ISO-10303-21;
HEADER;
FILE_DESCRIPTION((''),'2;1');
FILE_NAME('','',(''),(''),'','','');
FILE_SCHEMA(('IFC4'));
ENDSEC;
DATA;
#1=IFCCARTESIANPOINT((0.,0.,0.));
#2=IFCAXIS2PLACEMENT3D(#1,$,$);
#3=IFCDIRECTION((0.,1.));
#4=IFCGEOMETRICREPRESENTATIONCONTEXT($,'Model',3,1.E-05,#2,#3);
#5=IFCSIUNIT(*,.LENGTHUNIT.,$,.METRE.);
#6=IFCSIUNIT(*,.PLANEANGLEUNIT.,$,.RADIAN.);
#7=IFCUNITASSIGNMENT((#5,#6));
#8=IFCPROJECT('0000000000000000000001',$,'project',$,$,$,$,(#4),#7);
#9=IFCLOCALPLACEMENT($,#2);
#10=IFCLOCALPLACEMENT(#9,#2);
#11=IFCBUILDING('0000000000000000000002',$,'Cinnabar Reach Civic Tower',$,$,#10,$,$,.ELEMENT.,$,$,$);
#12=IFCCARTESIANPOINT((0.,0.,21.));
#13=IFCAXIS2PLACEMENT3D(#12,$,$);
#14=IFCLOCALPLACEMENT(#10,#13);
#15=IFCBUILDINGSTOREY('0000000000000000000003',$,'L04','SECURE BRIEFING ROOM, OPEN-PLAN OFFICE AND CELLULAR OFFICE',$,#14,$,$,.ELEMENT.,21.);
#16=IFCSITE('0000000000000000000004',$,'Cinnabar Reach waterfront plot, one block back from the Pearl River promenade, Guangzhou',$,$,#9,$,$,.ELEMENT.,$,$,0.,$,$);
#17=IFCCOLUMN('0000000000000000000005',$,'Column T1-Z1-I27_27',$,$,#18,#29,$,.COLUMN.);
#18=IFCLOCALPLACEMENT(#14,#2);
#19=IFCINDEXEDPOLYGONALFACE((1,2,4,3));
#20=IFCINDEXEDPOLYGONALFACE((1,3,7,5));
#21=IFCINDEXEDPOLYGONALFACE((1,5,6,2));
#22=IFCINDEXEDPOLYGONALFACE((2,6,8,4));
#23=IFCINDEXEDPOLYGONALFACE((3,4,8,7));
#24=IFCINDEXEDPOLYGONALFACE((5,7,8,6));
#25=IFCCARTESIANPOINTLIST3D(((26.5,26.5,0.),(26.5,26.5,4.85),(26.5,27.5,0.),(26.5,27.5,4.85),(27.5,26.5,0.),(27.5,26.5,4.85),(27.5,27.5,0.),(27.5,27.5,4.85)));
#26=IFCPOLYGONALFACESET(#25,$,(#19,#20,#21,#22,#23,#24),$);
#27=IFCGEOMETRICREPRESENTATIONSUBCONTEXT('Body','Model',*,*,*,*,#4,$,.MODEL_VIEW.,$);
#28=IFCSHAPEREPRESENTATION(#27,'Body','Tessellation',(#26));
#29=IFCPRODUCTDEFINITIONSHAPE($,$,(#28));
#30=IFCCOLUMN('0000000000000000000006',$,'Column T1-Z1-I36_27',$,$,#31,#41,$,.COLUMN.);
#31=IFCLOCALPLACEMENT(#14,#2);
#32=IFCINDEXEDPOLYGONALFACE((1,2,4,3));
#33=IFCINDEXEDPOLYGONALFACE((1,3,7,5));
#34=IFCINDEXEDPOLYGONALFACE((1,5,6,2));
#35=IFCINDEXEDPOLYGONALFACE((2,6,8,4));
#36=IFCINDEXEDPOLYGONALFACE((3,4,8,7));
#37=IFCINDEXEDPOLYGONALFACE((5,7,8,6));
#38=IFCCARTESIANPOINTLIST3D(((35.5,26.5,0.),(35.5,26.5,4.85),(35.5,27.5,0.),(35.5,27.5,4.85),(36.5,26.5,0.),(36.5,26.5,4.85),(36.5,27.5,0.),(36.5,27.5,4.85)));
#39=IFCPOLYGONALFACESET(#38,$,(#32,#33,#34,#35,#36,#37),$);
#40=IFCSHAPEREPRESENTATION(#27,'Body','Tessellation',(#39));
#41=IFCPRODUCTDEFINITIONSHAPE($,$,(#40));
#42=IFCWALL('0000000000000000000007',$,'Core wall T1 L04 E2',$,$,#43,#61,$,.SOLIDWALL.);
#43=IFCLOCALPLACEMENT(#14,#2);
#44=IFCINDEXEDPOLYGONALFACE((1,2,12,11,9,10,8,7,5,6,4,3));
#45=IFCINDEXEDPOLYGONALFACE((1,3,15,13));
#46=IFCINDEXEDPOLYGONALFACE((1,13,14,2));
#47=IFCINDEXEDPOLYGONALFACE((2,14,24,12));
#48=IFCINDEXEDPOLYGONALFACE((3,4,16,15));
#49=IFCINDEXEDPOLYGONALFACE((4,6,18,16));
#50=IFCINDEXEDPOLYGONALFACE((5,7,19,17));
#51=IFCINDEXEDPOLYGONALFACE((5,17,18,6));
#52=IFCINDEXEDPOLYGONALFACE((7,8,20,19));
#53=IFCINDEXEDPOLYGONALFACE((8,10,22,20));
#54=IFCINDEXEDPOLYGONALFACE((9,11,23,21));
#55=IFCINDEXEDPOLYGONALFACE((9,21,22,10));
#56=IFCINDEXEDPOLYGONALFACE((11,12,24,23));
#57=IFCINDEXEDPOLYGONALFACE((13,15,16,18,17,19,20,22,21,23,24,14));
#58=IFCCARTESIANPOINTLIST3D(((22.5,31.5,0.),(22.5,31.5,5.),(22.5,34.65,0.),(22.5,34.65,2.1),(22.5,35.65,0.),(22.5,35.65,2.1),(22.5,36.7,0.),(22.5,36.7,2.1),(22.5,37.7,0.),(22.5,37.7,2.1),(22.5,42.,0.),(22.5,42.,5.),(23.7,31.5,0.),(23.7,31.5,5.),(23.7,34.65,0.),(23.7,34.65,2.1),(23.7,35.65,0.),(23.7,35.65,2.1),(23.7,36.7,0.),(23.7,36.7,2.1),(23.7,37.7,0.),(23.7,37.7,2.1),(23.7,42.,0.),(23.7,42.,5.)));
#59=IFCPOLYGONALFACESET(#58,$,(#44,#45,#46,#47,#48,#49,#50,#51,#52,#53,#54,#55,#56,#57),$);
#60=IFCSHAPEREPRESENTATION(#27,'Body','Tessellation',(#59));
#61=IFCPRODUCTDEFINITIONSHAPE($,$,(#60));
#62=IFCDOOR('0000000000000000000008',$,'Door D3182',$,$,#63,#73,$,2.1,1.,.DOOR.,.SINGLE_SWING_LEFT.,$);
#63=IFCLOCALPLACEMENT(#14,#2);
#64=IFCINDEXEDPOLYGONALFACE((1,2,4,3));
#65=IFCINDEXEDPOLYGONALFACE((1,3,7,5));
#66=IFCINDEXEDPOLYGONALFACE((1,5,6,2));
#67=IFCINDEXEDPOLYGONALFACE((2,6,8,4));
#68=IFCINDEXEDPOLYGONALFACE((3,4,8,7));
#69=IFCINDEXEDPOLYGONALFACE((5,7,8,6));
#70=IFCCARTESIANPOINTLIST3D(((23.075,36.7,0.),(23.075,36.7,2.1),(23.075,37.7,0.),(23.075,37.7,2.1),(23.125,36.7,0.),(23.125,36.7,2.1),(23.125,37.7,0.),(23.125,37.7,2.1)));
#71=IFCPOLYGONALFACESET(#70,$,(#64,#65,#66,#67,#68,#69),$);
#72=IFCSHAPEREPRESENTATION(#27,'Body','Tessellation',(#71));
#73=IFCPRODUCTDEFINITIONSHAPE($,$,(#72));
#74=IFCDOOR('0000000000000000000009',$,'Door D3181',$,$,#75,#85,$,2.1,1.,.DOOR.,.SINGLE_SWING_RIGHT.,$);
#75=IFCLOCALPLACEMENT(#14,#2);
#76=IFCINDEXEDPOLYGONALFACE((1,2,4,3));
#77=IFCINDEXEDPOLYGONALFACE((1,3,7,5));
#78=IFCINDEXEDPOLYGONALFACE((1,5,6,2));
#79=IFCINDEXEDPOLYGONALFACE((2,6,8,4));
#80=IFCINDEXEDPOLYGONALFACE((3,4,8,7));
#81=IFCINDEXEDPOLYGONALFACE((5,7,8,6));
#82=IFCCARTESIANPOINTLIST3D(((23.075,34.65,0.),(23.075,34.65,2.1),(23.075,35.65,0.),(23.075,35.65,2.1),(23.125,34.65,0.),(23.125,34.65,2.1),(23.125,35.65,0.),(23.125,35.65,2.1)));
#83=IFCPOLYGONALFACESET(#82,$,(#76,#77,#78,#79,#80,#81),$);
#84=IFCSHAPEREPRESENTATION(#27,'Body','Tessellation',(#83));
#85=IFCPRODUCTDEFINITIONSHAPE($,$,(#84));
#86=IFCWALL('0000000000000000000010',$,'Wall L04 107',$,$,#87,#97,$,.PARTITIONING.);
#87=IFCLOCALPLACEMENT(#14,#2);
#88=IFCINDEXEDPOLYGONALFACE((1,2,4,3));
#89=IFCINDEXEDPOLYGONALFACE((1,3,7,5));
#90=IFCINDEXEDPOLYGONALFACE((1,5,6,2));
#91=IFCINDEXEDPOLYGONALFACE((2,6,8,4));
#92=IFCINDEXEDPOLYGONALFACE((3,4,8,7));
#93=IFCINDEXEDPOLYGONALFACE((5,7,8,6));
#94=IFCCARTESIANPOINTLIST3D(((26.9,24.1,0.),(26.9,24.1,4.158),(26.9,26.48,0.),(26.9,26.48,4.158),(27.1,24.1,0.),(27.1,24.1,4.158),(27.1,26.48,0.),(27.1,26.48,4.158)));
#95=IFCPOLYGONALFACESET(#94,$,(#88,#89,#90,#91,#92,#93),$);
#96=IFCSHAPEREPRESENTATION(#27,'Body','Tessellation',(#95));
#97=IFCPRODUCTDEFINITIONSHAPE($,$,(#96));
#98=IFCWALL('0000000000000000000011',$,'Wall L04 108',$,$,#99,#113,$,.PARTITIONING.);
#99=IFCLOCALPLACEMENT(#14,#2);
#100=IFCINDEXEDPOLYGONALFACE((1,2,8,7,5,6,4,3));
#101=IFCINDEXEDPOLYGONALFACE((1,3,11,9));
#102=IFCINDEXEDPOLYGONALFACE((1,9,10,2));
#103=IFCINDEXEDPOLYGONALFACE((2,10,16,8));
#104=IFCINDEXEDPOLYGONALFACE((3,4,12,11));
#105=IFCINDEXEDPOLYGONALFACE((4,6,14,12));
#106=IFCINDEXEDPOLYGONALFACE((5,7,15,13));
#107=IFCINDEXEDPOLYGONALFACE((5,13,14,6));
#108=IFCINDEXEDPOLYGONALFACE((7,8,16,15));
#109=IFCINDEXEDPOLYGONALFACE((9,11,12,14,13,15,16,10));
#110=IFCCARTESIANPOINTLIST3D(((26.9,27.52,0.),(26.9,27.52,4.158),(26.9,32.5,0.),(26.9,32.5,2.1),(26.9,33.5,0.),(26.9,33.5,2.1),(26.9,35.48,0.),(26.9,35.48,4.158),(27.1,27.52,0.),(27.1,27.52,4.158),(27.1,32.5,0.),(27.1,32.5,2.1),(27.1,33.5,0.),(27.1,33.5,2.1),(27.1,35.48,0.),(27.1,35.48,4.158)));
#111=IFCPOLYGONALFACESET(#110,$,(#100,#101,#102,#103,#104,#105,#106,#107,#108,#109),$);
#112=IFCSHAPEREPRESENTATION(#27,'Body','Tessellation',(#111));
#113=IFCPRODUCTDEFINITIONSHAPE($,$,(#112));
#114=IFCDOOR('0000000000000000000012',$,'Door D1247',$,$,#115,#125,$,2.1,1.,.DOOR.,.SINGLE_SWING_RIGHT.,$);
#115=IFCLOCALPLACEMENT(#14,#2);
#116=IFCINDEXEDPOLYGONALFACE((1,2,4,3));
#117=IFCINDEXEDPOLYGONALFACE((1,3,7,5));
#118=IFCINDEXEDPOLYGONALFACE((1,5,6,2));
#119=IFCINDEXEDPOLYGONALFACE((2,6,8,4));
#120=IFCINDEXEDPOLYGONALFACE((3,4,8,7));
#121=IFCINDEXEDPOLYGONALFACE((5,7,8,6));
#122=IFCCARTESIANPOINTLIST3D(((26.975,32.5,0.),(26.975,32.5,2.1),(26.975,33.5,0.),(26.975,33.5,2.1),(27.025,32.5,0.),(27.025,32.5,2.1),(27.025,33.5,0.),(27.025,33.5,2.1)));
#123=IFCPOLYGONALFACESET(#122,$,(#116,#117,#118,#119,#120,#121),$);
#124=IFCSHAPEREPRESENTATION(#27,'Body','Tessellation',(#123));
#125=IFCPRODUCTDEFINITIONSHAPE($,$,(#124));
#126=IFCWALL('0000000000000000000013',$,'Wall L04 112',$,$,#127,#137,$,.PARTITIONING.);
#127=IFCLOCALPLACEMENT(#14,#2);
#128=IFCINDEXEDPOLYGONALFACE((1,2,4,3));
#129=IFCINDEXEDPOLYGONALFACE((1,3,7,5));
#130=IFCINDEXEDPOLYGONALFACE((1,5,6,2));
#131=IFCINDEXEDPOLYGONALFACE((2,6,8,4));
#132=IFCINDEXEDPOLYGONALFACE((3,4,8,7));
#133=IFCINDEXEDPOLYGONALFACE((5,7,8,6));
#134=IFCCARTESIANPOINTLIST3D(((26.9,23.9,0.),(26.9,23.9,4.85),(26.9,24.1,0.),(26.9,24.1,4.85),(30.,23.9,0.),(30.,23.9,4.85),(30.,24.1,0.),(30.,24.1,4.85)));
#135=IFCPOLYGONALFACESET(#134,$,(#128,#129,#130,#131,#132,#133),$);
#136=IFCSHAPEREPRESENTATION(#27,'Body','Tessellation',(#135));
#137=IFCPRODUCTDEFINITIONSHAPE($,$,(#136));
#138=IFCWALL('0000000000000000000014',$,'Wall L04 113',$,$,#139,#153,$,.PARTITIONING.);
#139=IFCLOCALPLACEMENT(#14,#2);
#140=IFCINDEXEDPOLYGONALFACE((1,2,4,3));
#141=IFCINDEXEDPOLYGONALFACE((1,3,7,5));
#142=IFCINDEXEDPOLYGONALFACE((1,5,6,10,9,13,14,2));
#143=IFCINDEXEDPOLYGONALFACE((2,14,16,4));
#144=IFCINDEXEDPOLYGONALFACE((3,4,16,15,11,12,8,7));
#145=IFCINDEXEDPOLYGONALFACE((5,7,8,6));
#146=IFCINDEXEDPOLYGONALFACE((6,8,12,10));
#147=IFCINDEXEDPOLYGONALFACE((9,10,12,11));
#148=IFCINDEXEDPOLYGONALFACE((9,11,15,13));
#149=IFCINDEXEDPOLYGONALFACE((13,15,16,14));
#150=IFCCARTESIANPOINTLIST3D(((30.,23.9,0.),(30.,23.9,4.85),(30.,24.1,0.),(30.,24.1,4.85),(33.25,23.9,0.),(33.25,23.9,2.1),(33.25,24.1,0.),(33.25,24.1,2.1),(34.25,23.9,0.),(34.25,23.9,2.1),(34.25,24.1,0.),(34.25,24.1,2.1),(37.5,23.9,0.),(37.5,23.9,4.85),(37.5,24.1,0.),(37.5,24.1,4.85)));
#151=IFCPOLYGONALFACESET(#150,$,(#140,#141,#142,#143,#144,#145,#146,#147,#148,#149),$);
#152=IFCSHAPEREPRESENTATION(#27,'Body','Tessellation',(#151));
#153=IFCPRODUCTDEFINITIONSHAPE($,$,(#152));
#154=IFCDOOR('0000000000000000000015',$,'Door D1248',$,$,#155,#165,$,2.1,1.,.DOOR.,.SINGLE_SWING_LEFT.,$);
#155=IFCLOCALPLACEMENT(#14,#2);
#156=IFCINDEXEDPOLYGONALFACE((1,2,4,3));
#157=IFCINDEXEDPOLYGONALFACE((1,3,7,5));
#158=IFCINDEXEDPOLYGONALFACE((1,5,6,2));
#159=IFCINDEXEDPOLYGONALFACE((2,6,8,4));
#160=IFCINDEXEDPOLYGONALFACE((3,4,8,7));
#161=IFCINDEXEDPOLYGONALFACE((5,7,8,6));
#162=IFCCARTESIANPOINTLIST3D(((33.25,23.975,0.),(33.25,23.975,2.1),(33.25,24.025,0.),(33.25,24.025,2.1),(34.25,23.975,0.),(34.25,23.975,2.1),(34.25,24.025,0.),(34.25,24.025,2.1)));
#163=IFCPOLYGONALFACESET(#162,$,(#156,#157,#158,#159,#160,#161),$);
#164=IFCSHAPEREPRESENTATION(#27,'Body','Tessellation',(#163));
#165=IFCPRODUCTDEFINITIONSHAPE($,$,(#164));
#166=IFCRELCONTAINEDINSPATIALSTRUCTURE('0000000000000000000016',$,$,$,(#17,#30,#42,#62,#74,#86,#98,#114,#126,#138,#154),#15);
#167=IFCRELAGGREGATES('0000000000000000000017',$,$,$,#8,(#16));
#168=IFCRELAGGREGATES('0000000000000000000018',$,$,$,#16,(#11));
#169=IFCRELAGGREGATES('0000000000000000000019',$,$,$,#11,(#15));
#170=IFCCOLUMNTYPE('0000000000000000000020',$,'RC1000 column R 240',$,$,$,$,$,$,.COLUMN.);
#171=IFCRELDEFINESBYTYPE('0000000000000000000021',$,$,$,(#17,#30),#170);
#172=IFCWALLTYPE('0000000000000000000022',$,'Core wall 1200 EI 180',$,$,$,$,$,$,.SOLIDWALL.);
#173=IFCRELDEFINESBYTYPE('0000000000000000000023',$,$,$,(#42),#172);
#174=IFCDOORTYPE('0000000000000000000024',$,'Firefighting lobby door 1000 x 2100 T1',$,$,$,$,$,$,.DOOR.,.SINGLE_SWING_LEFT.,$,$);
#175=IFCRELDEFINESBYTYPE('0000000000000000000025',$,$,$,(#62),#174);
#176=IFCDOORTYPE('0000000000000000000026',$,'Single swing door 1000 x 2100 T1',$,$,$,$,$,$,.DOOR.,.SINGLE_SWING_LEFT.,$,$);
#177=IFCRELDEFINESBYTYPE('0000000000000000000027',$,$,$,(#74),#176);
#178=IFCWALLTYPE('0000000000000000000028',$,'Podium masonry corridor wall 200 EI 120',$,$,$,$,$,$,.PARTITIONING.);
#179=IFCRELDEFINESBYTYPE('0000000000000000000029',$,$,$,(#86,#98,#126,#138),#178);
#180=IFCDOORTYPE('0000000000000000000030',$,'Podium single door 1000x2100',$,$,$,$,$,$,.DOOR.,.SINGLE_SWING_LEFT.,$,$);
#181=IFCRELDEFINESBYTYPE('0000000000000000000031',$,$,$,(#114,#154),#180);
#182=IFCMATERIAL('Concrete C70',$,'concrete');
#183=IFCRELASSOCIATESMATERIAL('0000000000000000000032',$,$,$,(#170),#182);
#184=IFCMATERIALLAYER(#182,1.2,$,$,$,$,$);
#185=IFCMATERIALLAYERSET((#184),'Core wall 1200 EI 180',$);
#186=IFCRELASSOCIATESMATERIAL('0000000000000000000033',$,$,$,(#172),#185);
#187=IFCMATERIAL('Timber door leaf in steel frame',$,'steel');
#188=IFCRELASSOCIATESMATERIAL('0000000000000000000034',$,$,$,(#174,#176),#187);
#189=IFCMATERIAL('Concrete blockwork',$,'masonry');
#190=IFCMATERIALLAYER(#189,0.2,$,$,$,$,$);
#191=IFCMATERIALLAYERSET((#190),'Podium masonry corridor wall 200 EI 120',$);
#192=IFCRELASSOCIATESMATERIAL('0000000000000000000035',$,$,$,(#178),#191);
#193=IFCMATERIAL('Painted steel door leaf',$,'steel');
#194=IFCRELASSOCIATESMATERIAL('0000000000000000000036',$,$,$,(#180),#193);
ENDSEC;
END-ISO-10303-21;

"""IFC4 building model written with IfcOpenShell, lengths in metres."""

from ifc_helpers import new_model, si_unit, direction, frame, frame_2d, origin, origin_2d, place, context, subcontext, project, spatial, rectangle, extrude, material, layer, layer_set, material_profile, profile_set, type_object, element, fill, save


model = new_model("IFC4")

# Units and contexts
model_context = context("Model", 3, precision=1e-05, world=origin(), true_north=direction((0.0, 1.0)))
body_context = subcontext(model_context, "Body", "Model", "MODEL_VIEW")
ifc_project = project(units=[si_unit("LENGTHUNIT", "METRE"), si_unit("PLANEANGLEUNIT", "RADIAN")], contexts=[model_context])

# Site, building, storey
site_placement = place(None, origin())
site = spatial("IfcSite", under=ifc_project, at=site_placement, Name="Cinnabar Reach waterfront plot, one block back from the Pearl River promenade, Guangzhou", CompositionType="ELEMENT", RefElevation=0.0)
building_placement = place(site_placement, origin())
building = spatial("IfcBuilding", under=site, at=building_placement, Name="Cinnabar Reach Civic Tower", CompositionType="ELEMENT")
storey_placement = place(building_placement, frame((0.0, 0.0, 21.0)))
storey = spatial("IfcBuildingStorey", under=building, at=storey_placement, Name="L04", Description="SECURE BRIEFING ROOM, OPEN-PLAN OFFICE AND CELLULAR OFFICE", CompositionType="ELEMENT", Elevation=21.0)

# Columns
ifc_material_1 = material(Name="Concrete C70", Category="concrete")
ifc_material_profile = material_profile(ifc_material_1, rectangle(XDim=1.0, YDim=1.0, at=origin_2d()), Name="RC1000")
ifc_profile_set = profile_set([ifc_material_profile], Name="Concrete C70")
column_type = type_object("IfcColumnType", Name="RC1000 column R 240", PredefinedType="COLUMN", material=ifc_profile_set)
for number, where, z_axis, x_axis, name in (
    (1, (27.0, 27.0, 0.0), (0.0, 0.0, 1.0), (1.0, 0.0, 0.0), "Column T1-Z1-I27_27"),
    (2, (36.0, 27.0, 0.0), (0.0, 0.0, 1.0), (1.0, 0.0, 0.0), "Column T1-Z1-I36_27"),
):
    element("IfcColumn", number, at=place(storey_placement, frame(where, z_axis=z_axis, x_axis=x_axis)), inside=storey, type_object=column_type, Name=name, PredefinedType="COLUMN", context=body_context, shape_type="SweptSolid", body=[
        extrude(rectangle(XDim=1.0, YDim=1.0, at=origin_2d()), origin(), (0.0, 0.0, 1.0), 4.85),
    ])

# Wall, openings, doors
ifc_layer_1 = layer(ifc_material_1, 1.2)
ifc_layer_set_1 = layer_set([ifc_layer_1], Name="Core wall 1200 EI 180")
wall_type_1 = type_object("IfcWallType", Name="Core wall 1200 EI 180", PredefinedType="SOLIDWALL", material=ifc_layer_set_1)
wall_1_placement = place(storey_placement, frame((23.1, 31.5, 0.0), z_axis=(0.0, 0.0, 1.0), x_axis=(0.0, 1.0, 0.0)))
wall_1 = element("IfcWall", 3, at=wall_1_placement, inside=storey, type_object=wall_type_1, Name="Core wall T1 L04 E2", PredefinedType="SOLIDWALL", context=body_context, shape_type="SweptSolid", body=[
    extrude(rectangle(XDim=10.5, YDim=1.2, at=frame_2d((5.25, 0.0))), origin(), (0.0, 0.0, 1.0), 5.0),
])
opening_1_placement = place(wall_1_placement, frame((3.15, 0.0, 0.0)))
opening_1 = element("IfcOpeningElement", 4, at=opening_1_placement, cuts=wall_1, PredefinedType="OPENING", context=body_context, shape_type="SweptSolid", body=[
    extrude(rectangle(XDim=1.0, YDim=2.1, at=frame_2d((0.5, 1.05))), frame((0.0, 0.61, 0.0), z_axis=(0.0, -1.0, 0.0), x_axis=(1.0, 0.0, 0.0)), (0.0, 0.0, 1.0), 1.22),
])
opening_2_placement = place(wall_1_placement, frame((5.2, 0.0, 0.0)))
opening_2 = element("IfcOpeningElement", 5, at=opening_2_placement, cuts=wall_1, PredefinedType="OPENING", context=body_context, shape_type="SweptSolid", body=[
    extrude(rectangle(XDim=1.0, YDim=2.1, at=frame_2d((0.5, 1.05))), frame((0.0, 0.61, 0.0), z_axis=(0.0, -1.0, 0.0), x_axis=(1.0, 0.0, 0.0)), (0.0, 0.0, 1.0), 1.22),
])
ifc_material_2 = material(Name="Timber door leaf in steel frame", Category="steel")
door_type_1 = type_object("IfcDoorType", Name="Firefighting lobby door 1000 x 2100 T1", OperationType="SINGLE_SWING_LEFT", PredefinedType="DOOR", material=ifc_material_2)
door_1_placement = place(opening_2_placement, frame((1.0, 0.0, 0.0), z_axis=(0.0, 0.0, 1.0), x_axis=(-1.0, 0.0, 0.0)))
door_1 = element("IfcDoor", 6, at=door_1_placement, inside=storey, type_object=door_type_1, Name="Door D3182", OperationType="SINGLE_SWING_LEFT", OverallHeight=2.1, OverallWidth=1.0, PredefinedType="DOOR", context=body_context, shape_type="SweptSolid", body=[
    extrude(rectangle(XDim=1.0, YDim=2.1, at=frame_2d((0.5, 1.05))), frame((0.0, 0.025, 0.0), z_axis=(0.0, -1.0, 0.0), x_axis=(1.0, 0.0, 0.0)), (0.0, 0.0, 1.0), 0.05),
])
fill(opening_2, door_1)
door_type_2 = type_object("IfcDoorType", Name="Single swing door 1000 x 2100 T1", OperationType="SINGLE_SWING_LEFT", PredefinedType="DOOR", material=ifc_material_2)
door_2_placement = place(opening_1_placement, frame((1.0, 0.0, 0.0), z_axis=(0.0, 0.0, 1.0), x_axis=(-1.0, 0.0, 0.0)))
door_2 = element("IfcDoor", 7, at=door_2_placement, inside=storey, type_object=door_type_2, Name="Door D3181", OperationType="SINGLE_SWING_RIGHT", OverallHeight=2.1, OverallWidth=1.0, PredefinedType="DOOR", context=body_context, shape_type="SweptSolid", body=[
    extrude(rectangle(XDim=1.0, YDim=2.1, at=frame_2d((0.5, 1.05))), frame((0.0, 0.025, 0.0), z_axis=(0.0, -1.0, 0.0), x_axis=(1.0, 0.0, 0.0)), (0.0, 0.0, 1.0), 0.05),
])
fill(opening_1, door_2)

# Wall
ifc_material_3 = material(Name="Concrete blockwork", Category="masonry")
ifc_layer_2 = layer(ifc_material_3, 0.2)
ifc_layer_set_2 = layer_set([ifc_layer_2], Name="Podium masonry corridor wall 200 EI 120")
wall_type_2 = type_object("IfcWallType", Name="Podium masonry corridor wall 200 EI 120", PredefinedType="PARTITIONING", material=ifc_layer_set_2)
wall_2_placement = place(storey_placement, frame((27.0, 24.1, 0.0), z_axis=(0.0, 0.0, 1.0), x_axis=(0.0, 1.0, 0.0)))
element("IfcWall", 8, at=wall_2_placement, inside=storey, type_object=wall_type_2, Name="Wall L04 107", PredefinedType="PARTITIONING", context=body_context, shape_type="SweptSolid", body=[
    extrude(rectangle(XDim=2.38, YDim=0.2, at=frame_2d((1.19, 0.0))), origin(), (0.0, 0.0, 1.0), 4.158),
])

# Wall, opening, door
wall_3_placement = place(storey_placement, frame((27.0, 27.52, 0.0), z_axis=(0.0, 0.0, 1.0), x_axis=(0.0, 1.0, 0.0)))
wall_3 = element("IfcWall", 9, at=wall_3_placement, inside=storey, type_object=wall_type_2, Name="Wall L04 108", PredefinedType="PARTITIONING", context=body_context, shape_type="SweptSolid", body=[
    extrude(rectangle(XDim=7.96, YDim=0.2, at=frame_2d((3.98, 0.0))), origin(), (0.0, 0.0, 1.0), 4.158),
])
opening_3_placement = place(wall_3_placement, frame((4.98, 0.0, 0.0)))
opening_3 = element("IfcOpeningElement", 10, at=opening_3_placement, cuts=wall_3, PredefinedType="OPENING", context=body_context, shape_type="SweptSolid", body=[
    extrude(rectangle(XDim=1.0, YDim=2.1, at=frame_2d((0.5, 1.05))), frame((0.0, 0.11, 0.0), z_axis=(0.0, -1.0, 0.0), x_axis=(1.0, 0.0, 0.0)), (0.0, 0.0, 1.0), 0.22),
])
ifc_material_4 = material(Name="Painted steel door leaf", Category="steel")
door_type_3 = type_object("IfcDoorType", Name="Podium single door 1000x2100", OperationType="SINGLE_SWING_LEFT", PredefinedType="DOOR", material=ifc_material_4)
door_3_placement = place(opening_3_placement, frame((1.0, 0.0, 0.0), z_axis=(0.0, 0.0, 1.0), x_axis=(-1.0, 0.0, 0.0)))
door_3 = element("IfcDoor", 11, at=door_3_placement, inside=storey, type_object=door_type_3, Name="Door D1247", OperationType="SINGLE_SWING_RIGHT", OverallHeight=2.1, OverallWidth=1.0, PredefinedType="DOOR", context=body_context, shape_type="SweptSolid", body=[
    extrude(rectangle(XDim=1.0, YDim=2.1, at=frame_2d((0.5, 1.05))), frame((0.0, 0.025, 0.0), z_axis=(0.0, -1.0, 0.0), x_axis=(1.0, 0.0, 0.0)), (0.0, 0.0, 1.0), 0.05),
])
fill(opening_3, door_3)

# Wall
wall_4_placement = place(storey_placement, frame((26.9, 24.0, 0.0), z_axis=(0.0, 0.0, 1.0), x_axis=(1.0, 0.0, 0.0)))
element("IfcWall", 12, at=wall_4_placement, inside=storey, type_object=wall_type_2, Name="Wall L04 112", PredefinedType="PARTITIONING", context=body_context, shape_type="SweptSolid", body=[
    extrude(rectangle(XDim=3.1, YDim=0.2, at=frame_2d((1.55, 0.0))), origin(), (0.0, 0.0, 1.0), 4.85),
])

# Wall, opening, door
wall_5_placement = place(storey_placement, frame((30.0, 24.0, 0.0), z_axis=(0.0, 0.0, 1.0), x_axis=(1.0, 0.0, 0.0)))
wall_5 = element("IfcWall", 13, at=wall_5_placement, inside=storey, type_object=wall_type_2, Name="Wall L04 113", PredefinedType="PARTITIONING", context=body_context, shape_type="SweptSolid", body=[
    extrude(rectangle(XDim=7.5, YDim=0.2, at=frame_2d((3.75, 0.0))), origin(), (0.0, 0.0, 1.0), 4.85),
])
opening_4_placement = place(wall_5_placement, frame((3.25, 0.0, 0.0)))
opening_4 = element("IfcOpeningElement", 14, at=opening_4_placement, cuts=wall_5, PredefinedType="OPENING", context=body_context, shape_type="SweptSolid", body=[
    extrude(rectangle(XDim=1.0, YDim=2.1, at=frame_2d((0.5, 1.05))), frame((0.0, 0.11, 0.0), z_axis=(0.0, -1.0, 0.0), x_axis=(1.0, 0.0, 0.0)), (0.0, 0.0, 1.0), 0.22),
])
door_4_placement = place(opening_4_placement, origin())
door_4 = element("IfcDoor", 15, at=door_4_placement, inside=storey, type_object=door_type_3, Name="Door D1248", OperationType="SINGLE_SWING_LEFT", OverallHeight=2.1, OverallWidth=1.0, PredefinedType="DOOR", context=body_context, shape_type="SweptSolid", body=[
    extrude(rectangle(XDim=1.0, YDim=2.1, at=frame_2d((0.5, 1.05))), frame((0.0, 0.025, 0.0), z_axis=(0.0, -1.0, 0.0), x_axis=(1.0, 0.0, 0.0)), (0.0, 0.0, 1.0), 0.05),
])
fill(opening_4, door_4)

save(model, "model.ifc")
